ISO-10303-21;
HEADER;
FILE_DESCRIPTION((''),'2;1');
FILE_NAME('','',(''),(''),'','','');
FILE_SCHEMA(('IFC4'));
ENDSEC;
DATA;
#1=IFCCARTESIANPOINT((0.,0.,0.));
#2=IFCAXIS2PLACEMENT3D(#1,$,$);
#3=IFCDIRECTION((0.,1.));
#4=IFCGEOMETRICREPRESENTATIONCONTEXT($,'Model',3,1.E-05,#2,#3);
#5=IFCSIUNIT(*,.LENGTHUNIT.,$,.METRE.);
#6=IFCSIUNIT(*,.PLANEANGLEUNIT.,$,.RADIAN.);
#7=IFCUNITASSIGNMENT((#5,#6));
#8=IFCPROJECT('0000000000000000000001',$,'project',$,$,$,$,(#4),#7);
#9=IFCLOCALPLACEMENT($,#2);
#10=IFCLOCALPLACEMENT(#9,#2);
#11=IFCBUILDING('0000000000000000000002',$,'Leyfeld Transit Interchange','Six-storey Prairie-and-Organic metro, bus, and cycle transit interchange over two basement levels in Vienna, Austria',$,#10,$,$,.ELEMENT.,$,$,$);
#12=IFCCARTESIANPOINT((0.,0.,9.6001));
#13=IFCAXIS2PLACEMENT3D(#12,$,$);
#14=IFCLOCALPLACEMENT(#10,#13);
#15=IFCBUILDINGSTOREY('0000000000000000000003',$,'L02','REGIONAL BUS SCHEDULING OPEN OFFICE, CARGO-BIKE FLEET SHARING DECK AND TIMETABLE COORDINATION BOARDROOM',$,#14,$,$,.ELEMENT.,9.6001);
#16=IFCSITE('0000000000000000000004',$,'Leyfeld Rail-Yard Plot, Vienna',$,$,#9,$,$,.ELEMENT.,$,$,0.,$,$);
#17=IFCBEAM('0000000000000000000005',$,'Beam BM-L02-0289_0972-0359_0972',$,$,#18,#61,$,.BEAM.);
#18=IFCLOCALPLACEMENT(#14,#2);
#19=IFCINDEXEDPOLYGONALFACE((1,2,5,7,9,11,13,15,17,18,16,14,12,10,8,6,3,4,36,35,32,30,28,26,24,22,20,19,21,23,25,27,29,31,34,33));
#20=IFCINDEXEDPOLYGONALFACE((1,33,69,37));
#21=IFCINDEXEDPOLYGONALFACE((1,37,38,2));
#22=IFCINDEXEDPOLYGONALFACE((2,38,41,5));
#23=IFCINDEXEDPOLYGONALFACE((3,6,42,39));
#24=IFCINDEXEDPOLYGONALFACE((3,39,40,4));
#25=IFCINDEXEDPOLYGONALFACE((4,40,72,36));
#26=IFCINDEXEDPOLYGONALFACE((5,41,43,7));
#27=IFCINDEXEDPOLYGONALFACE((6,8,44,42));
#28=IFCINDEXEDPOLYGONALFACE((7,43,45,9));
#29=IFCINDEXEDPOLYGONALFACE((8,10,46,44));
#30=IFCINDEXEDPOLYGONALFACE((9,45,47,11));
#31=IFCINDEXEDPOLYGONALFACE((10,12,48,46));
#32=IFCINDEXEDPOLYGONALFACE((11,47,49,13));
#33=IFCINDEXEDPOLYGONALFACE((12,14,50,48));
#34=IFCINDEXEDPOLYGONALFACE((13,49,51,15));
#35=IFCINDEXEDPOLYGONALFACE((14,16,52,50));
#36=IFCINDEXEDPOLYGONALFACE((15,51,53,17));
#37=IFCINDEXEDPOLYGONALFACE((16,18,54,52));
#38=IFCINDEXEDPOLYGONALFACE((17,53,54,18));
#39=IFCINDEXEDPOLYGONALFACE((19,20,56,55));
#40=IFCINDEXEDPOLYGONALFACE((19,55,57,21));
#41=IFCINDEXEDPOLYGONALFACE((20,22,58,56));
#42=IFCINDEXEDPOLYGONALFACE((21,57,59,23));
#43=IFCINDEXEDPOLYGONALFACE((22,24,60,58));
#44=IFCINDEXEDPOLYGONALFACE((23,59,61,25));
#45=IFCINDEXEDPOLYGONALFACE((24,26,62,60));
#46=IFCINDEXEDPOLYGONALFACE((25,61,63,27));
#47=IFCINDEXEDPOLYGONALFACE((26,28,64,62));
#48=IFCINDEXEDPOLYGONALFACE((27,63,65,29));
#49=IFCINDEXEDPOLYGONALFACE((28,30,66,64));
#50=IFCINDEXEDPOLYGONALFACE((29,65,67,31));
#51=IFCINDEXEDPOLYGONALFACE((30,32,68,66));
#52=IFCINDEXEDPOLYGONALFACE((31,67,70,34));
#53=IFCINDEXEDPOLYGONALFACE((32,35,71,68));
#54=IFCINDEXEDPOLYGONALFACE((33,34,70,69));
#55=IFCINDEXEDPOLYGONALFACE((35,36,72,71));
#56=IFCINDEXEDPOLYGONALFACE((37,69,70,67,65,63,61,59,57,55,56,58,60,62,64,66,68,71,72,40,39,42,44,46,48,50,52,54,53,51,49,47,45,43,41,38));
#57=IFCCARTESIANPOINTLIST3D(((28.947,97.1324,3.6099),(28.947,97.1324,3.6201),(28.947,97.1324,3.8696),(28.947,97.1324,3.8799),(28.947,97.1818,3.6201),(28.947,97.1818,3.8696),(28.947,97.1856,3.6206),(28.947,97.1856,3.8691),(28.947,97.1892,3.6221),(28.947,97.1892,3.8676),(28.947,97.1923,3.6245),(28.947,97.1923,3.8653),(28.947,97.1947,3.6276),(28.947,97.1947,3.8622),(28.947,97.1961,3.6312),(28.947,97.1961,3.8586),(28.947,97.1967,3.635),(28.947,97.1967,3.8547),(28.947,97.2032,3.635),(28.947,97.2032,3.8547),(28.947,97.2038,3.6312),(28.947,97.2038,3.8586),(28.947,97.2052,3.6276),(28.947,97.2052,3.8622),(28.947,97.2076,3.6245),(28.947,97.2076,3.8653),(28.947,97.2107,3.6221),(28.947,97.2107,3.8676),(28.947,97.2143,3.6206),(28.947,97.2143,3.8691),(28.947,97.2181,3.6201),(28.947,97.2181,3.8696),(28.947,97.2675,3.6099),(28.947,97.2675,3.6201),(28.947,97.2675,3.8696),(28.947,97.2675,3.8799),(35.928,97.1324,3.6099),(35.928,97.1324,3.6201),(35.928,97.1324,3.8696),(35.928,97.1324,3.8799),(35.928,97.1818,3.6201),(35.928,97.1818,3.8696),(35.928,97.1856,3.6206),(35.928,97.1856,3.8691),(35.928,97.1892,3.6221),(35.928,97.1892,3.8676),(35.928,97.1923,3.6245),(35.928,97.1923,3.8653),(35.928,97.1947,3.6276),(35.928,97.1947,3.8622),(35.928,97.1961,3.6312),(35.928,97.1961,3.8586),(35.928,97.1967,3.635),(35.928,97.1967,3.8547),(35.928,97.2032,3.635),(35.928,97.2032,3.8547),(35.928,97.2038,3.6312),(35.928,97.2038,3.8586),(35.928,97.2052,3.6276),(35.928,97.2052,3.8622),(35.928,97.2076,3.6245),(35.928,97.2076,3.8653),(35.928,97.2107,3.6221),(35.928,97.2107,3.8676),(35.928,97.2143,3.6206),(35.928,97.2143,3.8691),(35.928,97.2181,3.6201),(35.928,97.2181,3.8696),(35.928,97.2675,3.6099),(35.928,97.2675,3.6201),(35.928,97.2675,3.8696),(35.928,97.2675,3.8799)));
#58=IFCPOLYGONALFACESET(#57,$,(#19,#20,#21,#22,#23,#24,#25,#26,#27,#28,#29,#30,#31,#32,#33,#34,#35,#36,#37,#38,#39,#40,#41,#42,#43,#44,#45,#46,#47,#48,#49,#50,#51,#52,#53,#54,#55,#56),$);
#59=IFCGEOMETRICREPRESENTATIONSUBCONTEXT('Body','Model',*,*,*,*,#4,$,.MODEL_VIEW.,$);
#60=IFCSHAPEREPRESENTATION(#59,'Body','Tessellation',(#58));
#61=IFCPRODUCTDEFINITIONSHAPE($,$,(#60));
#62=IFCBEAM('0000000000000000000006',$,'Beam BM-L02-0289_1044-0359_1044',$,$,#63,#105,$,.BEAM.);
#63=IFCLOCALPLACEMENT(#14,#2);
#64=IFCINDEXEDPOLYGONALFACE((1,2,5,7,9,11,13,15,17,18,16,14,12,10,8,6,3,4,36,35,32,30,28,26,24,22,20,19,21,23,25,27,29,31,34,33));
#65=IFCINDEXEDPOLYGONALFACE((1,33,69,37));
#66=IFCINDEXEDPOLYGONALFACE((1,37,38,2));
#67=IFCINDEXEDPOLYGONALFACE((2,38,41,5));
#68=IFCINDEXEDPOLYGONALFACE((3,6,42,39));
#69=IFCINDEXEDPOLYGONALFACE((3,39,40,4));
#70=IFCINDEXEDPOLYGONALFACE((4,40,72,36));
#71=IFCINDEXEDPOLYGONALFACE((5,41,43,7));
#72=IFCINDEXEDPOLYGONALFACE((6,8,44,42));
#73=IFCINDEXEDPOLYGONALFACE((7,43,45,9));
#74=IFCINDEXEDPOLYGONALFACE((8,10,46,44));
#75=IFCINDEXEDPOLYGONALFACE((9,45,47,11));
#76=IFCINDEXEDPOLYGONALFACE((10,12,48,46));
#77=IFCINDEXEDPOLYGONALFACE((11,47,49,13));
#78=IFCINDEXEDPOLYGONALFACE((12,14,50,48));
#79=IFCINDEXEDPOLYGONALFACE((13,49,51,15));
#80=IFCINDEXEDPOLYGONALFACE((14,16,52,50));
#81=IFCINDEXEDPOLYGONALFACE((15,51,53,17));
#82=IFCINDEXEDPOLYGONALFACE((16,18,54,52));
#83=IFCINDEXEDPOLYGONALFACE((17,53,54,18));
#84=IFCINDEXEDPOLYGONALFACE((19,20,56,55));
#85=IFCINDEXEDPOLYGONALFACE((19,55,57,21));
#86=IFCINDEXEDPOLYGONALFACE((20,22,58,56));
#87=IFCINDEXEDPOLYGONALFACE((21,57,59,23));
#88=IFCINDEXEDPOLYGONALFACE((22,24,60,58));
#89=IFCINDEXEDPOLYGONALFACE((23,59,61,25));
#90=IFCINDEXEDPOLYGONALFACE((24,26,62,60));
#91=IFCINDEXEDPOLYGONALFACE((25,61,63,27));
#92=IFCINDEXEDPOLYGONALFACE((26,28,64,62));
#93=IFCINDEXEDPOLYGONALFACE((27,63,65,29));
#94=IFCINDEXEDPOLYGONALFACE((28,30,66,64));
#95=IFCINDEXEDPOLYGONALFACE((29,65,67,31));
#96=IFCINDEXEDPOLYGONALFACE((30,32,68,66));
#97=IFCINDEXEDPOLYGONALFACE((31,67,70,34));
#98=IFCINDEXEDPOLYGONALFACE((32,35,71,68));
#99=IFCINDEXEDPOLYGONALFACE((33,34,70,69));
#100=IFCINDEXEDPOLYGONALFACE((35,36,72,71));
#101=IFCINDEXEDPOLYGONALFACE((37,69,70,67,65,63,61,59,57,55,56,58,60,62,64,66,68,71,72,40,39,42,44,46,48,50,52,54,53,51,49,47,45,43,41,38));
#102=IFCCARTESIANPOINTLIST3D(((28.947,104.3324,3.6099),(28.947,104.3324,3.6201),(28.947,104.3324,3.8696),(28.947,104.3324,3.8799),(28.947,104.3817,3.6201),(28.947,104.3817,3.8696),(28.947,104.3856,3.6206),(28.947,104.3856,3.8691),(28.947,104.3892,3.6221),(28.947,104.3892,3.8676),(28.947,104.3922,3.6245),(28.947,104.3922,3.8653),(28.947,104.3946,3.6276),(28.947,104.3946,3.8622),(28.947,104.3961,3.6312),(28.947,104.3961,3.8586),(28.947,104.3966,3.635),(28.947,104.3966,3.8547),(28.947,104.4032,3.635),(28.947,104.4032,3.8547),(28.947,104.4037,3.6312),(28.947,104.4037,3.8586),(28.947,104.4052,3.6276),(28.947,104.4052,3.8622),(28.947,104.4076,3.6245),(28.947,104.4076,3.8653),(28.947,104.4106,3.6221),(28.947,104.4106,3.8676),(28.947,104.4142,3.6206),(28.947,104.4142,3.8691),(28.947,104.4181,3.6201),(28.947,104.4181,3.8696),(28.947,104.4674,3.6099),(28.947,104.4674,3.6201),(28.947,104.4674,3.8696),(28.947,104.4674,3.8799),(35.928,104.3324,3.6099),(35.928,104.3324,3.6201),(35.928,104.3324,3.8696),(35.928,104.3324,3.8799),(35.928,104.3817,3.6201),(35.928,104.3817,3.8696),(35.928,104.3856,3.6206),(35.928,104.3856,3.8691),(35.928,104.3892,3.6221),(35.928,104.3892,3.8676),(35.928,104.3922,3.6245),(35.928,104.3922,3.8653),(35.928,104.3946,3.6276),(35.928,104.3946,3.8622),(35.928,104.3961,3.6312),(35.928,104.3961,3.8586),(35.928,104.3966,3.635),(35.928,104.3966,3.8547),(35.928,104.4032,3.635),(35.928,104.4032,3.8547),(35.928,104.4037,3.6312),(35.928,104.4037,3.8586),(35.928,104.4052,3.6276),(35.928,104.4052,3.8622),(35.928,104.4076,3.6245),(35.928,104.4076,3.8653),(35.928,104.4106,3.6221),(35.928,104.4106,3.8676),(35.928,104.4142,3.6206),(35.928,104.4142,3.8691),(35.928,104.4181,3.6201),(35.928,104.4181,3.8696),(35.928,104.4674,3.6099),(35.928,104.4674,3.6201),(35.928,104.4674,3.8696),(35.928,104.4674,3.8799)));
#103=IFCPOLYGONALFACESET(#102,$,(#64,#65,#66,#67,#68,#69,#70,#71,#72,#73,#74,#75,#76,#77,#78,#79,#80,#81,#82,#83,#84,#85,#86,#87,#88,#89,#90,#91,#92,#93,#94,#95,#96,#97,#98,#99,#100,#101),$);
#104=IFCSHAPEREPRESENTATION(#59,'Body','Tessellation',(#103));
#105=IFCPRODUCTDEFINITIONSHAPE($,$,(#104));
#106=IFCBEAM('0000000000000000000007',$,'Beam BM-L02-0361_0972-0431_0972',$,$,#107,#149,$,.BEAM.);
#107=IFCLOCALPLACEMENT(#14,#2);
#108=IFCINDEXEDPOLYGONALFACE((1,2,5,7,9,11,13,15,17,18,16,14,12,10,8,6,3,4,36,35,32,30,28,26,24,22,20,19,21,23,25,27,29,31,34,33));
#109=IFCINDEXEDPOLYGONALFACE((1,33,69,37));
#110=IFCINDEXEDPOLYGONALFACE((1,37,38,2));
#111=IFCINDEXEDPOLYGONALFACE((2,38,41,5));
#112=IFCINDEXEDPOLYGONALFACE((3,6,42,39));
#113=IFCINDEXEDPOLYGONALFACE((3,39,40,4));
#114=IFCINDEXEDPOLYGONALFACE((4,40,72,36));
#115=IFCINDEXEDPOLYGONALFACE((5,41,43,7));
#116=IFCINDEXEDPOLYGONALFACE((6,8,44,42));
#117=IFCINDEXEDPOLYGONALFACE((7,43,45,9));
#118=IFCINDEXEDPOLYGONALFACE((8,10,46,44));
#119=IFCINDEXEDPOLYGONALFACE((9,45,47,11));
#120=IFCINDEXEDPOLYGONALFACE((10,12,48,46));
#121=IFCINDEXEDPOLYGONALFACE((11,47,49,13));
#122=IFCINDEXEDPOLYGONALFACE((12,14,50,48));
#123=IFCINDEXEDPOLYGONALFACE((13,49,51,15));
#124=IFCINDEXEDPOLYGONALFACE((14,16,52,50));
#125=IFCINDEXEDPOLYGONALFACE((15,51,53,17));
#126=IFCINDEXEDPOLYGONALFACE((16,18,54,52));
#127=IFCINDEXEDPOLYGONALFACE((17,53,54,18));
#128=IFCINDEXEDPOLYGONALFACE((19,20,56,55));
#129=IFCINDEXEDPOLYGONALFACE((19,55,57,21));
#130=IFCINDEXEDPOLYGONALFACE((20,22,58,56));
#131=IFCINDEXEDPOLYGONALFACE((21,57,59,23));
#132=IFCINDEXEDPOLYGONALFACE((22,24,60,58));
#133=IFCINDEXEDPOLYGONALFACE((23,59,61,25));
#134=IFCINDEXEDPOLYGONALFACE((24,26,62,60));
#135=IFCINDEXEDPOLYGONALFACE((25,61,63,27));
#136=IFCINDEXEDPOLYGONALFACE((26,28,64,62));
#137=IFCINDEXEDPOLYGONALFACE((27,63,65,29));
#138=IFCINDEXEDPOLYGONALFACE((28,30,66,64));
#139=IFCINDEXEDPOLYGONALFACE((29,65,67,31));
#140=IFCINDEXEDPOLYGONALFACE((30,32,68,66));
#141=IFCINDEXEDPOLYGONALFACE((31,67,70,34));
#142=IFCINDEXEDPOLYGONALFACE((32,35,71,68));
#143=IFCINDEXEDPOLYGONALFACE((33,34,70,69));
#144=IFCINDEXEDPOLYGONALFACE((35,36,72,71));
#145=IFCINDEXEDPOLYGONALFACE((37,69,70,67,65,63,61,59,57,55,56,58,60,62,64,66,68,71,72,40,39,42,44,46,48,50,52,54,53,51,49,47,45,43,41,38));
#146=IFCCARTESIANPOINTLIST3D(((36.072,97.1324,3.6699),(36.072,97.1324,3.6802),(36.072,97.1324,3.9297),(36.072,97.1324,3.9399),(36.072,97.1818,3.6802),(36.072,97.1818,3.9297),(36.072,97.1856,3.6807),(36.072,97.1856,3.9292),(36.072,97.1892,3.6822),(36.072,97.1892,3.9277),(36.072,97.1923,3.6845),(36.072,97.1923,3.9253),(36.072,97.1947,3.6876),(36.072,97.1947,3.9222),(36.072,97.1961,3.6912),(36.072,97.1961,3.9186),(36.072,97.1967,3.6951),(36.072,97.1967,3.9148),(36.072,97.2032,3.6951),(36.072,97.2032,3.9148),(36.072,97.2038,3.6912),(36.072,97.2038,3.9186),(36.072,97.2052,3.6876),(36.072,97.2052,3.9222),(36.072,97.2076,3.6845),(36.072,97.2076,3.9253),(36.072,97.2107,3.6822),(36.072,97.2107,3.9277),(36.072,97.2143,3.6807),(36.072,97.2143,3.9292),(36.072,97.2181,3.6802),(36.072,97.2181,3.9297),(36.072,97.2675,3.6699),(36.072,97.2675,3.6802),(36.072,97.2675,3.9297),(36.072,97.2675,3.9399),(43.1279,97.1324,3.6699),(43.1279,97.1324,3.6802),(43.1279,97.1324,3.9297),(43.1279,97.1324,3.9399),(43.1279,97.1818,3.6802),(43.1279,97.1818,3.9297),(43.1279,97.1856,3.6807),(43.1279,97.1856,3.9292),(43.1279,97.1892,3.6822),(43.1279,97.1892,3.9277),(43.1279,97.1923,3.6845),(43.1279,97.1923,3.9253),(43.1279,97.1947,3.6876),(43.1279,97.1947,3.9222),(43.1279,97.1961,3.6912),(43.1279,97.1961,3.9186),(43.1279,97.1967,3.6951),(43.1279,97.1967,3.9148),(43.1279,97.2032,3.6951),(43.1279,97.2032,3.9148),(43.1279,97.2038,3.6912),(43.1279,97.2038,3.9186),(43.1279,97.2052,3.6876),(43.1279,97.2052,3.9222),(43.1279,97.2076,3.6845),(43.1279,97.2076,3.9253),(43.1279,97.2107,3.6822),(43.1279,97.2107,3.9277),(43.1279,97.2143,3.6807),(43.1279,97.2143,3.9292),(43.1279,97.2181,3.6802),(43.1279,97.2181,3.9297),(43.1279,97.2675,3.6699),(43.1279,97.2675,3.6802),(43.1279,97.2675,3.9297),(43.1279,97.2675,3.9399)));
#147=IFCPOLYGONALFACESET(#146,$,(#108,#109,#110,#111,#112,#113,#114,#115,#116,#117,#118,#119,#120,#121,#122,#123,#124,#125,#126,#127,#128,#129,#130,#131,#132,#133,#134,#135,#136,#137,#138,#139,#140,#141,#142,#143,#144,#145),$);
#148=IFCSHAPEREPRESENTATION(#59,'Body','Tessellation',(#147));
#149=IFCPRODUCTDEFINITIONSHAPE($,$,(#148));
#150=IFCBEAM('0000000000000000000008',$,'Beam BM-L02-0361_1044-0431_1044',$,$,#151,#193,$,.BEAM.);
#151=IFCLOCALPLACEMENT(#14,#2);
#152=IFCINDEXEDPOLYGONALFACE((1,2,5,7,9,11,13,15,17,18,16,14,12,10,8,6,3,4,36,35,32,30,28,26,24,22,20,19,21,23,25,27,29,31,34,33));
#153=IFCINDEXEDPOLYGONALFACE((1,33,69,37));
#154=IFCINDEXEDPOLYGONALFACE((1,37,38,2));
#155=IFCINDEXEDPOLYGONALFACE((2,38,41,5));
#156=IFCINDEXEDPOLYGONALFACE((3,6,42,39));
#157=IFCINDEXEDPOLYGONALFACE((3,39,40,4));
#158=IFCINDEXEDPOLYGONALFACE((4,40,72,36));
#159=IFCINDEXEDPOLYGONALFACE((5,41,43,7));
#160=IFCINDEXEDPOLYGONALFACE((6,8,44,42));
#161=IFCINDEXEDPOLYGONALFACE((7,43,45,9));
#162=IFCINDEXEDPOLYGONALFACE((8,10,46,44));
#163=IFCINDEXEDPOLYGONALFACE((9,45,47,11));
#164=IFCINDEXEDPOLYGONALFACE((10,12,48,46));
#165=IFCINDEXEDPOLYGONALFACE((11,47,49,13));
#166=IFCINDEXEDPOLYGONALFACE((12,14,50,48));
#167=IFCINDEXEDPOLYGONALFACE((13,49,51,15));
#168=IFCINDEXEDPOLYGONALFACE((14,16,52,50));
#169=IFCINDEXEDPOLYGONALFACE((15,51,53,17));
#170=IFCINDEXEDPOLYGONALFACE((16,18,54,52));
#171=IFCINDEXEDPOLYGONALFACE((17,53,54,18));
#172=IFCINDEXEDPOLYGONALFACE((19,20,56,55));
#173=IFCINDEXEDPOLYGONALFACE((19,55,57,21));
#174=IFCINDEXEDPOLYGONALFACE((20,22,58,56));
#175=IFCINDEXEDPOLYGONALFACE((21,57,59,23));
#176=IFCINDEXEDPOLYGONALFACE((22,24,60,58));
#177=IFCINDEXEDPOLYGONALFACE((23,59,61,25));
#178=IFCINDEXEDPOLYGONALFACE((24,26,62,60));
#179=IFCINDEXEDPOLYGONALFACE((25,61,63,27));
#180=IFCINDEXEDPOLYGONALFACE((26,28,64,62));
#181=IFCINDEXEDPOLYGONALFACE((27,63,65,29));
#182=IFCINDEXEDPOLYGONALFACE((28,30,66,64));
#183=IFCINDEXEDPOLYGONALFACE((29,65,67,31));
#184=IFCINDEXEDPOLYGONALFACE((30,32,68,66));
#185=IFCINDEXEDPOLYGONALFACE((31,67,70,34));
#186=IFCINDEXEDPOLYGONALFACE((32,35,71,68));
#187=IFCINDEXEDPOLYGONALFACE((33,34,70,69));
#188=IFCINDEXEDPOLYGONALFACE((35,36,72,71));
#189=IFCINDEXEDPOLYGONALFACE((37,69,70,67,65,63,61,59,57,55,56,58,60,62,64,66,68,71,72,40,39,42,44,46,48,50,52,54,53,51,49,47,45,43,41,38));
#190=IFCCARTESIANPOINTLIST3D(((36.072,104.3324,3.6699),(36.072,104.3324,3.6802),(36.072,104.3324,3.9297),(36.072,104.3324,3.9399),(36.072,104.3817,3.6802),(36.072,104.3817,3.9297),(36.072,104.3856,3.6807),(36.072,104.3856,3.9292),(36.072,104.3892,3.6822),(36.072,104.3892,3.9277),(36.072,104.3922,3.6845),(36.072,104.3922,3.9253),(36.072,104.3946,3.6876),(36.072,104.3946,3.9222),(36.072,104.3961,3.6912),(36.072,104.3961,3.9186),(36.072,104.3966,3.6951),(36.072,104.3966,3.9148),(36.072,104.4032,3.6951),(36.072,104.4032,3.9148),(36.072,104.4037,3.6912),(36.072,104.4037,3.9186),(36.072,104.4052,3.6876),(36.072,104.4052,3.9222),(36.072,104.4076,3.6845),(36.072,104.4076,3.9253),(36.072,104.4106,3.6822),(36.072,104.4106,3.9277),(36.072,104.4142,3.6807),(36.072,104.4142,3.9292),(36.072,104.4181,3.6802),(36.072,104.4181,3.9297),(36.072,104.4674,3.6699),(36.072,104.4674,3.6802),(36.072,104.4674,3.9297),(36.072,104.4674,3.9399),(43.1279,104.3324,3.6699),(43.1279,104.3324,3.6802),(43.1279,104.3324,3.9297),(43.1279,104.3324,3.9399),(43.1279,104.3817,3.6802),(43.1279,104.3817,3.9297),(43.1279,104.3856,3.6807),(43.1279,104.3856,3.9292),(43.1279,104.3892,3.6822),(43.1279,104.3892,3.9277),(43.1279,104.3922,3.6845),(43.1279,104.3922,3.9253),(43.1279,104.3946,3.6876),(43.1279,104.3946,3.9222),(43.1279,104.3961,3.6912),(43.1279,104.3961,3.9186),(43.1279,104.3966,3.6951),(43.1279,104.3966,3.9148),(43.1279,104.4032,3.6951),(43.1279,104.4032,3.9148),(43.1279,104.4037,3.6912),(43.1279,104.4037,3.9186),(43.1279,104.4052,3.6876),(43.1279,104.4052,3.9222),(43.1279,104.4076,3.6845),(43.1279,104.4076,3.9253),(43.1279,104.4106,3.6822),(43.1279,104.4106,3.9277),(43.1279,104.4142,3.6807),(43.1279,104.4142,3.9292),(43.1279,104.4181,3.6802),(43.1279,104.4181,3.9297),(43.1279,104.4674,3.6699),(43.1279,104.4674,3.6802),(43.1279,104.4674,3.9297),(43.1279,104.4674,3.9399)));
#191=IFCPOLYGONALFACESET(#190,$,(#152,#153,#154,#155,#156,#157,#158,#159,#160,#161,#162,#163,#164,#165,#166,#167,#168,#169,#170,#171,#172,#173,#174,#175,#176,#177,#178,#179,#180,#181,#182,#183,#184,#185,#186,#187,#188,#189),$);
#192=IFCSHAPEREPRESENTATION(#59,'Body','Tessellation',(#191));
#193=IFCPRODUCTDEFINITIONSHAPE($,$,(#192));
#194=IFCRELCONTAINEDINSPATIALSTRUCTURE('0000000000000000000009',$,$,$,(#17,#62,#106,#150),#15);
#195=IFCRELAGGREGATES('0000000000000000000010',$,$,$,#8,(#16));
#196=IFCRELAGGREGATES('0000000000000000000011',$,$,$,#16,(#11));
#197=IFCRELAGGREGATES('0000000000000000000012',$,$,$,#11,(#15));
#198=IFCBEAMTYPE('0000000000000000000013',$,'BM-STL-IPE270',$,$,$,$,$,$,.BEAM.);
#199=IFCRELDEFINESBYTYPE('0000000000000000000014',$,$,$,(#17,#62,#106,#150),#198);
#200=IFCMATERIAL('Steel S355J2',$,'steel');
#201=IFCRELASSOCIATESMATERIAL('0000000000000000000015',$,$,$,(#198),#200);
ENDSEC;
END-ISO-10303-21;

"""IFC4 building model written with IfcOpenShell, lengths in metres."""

from ifc_helpers import new_model, si_unit, direction, frame, origin, origin_2d, place, context, subcontext, project, spatial, i_section, extrude, material, material_profile, profile_set, type_object, element, save


model = new_model("IFC4")

# Units and contexts
model_context = context("Model", 3, precision=1e-05, world=origin(), true_north=direction((0.0, 1.0)))
body_context = subcontext(model_context, "Body", "Model", "MODEL_VIEW")
ifc_project = project(units=[si_unit("LENGTHUNIT", "METRE"), si_unit("PLANEANGLEUNIT", "RADIAN")], contexts=[model_context])

# Site, building, storey
site_placement = place(None, origin())
site = spatial("IfcSite", under=ifc_project, at=site_placement, Name="Leyfeld Rail-Yard Plot, Vienna", CompositionType="ELEMENT", RefElevation=0.0)
building_placement = place(site_placement, origin())
building = spatial("IfcBuilding", under=site, at=building_placement, Name="Leyfeld Transit Interchange", Description="Six-storey Prairie-and-Organic metro, bus, and cycle transit interchange over two basement levels in Vienna, Austria", CompositionType="ELEMENT")
storey_placement = place(building_placement, frame((0.0, 0.0, 9.6001)))
storey = spatial("IfcBuildingStorey", under=building, at=storey_placement, Name="L02", Description="REGIONAL BUS SCHEDULING OPEN OFFICE, CARGO-BIKE FLEET SHARING DECK AND TIMETABLE COORDINATION BOARDROOM", CompositionType="ELEMENT", Elevation=9.6001)

# Beams
ifc_material_1 = material(Name="Steel S355J2", Category="steel")
ifc_material_profile_1 = material_profile(ifc_material_1, i_section(OverallWidth=0.135, OverallDepth=0.27, WebThickness=0.0066, FlangeThickness=0.0103, FilletRadius=0.0149, at=origin_2d()), Name="IPE 270")
ifc_profile_set_1 = profile_set([ifc_material_profile_1], Name="Steel S355J2")
beam_type_1 = type_object("IfcBeamType", Name="BM-STL-IPE270", PredefinedType="BEAM", material=ifc_profile_set_1)
for number, where, z_axis, x_axis, name in (
    (1, (28.947, 97.2, 3.7449), (1.0, 0.0, 0.0), (0.0, 1.0, 0.0), "Beam BM-L02-0289_0972-0359_0972"),
    (2, (28.947, 104.3999, 3.7449), (1.0, 0.0, 0.0), (0.0, 1.0, 0.0), "Beam BM-L02-0289_1044-0359_1044"),
):
    element("IfcBeam", number, at=place(storey_placement, frame(where, z_axis=z_axis, x_axis=x_axis)), inside=storey, type_object=beam_type_1, Name=name, PredefinedType="BEAM", context=body_context, shape_type="SweptSolid", body=[
        extrude(i_section(OverallWidth=0.135, OverallDepth=0.27, WebThickness=0.0066, FlangeThickness=0.0103, FilletRadius=0.0149, at=origin_2d()), origin(), (0.0, 0.0, 1.0), 6.981),
    ])
for number, where, z_axis, x_axis, name in (
    (3, (36.072, 97.2, 3.8049), (1.0, 0.0, 0.0), (0.0, 1.0, 0.0), "Beam BM-L02-0361_0972-0431_0972"),
    (4, (36.072, 104.3999, 3.8049), (1.0, 0.0, 0.0), (0.0, 1.0, 0.0), "Beam BM-L02-0361_1044-0431_1044"),
):
    element("IfcBeam", number, at=place(storey_placement, frame(where, z_axis=z_axis, x_axis=x_axis)), inside=storey, type_object=beam_type_1, Name=name, PredefinedType="BEAM", context=body_context, shape_type="SweptSolid", body=[
        extrude(i_section(OverallWidth=0.135, OverallDepth=0.27, WebThickness=0.0066, FlangeThickness=0.0103, FilletRadius=0.0149, at=origin_2d()), origin(), (0.0, 0.0, 1.0), 7.0559),
    ])

save(model, "model.ifc")
